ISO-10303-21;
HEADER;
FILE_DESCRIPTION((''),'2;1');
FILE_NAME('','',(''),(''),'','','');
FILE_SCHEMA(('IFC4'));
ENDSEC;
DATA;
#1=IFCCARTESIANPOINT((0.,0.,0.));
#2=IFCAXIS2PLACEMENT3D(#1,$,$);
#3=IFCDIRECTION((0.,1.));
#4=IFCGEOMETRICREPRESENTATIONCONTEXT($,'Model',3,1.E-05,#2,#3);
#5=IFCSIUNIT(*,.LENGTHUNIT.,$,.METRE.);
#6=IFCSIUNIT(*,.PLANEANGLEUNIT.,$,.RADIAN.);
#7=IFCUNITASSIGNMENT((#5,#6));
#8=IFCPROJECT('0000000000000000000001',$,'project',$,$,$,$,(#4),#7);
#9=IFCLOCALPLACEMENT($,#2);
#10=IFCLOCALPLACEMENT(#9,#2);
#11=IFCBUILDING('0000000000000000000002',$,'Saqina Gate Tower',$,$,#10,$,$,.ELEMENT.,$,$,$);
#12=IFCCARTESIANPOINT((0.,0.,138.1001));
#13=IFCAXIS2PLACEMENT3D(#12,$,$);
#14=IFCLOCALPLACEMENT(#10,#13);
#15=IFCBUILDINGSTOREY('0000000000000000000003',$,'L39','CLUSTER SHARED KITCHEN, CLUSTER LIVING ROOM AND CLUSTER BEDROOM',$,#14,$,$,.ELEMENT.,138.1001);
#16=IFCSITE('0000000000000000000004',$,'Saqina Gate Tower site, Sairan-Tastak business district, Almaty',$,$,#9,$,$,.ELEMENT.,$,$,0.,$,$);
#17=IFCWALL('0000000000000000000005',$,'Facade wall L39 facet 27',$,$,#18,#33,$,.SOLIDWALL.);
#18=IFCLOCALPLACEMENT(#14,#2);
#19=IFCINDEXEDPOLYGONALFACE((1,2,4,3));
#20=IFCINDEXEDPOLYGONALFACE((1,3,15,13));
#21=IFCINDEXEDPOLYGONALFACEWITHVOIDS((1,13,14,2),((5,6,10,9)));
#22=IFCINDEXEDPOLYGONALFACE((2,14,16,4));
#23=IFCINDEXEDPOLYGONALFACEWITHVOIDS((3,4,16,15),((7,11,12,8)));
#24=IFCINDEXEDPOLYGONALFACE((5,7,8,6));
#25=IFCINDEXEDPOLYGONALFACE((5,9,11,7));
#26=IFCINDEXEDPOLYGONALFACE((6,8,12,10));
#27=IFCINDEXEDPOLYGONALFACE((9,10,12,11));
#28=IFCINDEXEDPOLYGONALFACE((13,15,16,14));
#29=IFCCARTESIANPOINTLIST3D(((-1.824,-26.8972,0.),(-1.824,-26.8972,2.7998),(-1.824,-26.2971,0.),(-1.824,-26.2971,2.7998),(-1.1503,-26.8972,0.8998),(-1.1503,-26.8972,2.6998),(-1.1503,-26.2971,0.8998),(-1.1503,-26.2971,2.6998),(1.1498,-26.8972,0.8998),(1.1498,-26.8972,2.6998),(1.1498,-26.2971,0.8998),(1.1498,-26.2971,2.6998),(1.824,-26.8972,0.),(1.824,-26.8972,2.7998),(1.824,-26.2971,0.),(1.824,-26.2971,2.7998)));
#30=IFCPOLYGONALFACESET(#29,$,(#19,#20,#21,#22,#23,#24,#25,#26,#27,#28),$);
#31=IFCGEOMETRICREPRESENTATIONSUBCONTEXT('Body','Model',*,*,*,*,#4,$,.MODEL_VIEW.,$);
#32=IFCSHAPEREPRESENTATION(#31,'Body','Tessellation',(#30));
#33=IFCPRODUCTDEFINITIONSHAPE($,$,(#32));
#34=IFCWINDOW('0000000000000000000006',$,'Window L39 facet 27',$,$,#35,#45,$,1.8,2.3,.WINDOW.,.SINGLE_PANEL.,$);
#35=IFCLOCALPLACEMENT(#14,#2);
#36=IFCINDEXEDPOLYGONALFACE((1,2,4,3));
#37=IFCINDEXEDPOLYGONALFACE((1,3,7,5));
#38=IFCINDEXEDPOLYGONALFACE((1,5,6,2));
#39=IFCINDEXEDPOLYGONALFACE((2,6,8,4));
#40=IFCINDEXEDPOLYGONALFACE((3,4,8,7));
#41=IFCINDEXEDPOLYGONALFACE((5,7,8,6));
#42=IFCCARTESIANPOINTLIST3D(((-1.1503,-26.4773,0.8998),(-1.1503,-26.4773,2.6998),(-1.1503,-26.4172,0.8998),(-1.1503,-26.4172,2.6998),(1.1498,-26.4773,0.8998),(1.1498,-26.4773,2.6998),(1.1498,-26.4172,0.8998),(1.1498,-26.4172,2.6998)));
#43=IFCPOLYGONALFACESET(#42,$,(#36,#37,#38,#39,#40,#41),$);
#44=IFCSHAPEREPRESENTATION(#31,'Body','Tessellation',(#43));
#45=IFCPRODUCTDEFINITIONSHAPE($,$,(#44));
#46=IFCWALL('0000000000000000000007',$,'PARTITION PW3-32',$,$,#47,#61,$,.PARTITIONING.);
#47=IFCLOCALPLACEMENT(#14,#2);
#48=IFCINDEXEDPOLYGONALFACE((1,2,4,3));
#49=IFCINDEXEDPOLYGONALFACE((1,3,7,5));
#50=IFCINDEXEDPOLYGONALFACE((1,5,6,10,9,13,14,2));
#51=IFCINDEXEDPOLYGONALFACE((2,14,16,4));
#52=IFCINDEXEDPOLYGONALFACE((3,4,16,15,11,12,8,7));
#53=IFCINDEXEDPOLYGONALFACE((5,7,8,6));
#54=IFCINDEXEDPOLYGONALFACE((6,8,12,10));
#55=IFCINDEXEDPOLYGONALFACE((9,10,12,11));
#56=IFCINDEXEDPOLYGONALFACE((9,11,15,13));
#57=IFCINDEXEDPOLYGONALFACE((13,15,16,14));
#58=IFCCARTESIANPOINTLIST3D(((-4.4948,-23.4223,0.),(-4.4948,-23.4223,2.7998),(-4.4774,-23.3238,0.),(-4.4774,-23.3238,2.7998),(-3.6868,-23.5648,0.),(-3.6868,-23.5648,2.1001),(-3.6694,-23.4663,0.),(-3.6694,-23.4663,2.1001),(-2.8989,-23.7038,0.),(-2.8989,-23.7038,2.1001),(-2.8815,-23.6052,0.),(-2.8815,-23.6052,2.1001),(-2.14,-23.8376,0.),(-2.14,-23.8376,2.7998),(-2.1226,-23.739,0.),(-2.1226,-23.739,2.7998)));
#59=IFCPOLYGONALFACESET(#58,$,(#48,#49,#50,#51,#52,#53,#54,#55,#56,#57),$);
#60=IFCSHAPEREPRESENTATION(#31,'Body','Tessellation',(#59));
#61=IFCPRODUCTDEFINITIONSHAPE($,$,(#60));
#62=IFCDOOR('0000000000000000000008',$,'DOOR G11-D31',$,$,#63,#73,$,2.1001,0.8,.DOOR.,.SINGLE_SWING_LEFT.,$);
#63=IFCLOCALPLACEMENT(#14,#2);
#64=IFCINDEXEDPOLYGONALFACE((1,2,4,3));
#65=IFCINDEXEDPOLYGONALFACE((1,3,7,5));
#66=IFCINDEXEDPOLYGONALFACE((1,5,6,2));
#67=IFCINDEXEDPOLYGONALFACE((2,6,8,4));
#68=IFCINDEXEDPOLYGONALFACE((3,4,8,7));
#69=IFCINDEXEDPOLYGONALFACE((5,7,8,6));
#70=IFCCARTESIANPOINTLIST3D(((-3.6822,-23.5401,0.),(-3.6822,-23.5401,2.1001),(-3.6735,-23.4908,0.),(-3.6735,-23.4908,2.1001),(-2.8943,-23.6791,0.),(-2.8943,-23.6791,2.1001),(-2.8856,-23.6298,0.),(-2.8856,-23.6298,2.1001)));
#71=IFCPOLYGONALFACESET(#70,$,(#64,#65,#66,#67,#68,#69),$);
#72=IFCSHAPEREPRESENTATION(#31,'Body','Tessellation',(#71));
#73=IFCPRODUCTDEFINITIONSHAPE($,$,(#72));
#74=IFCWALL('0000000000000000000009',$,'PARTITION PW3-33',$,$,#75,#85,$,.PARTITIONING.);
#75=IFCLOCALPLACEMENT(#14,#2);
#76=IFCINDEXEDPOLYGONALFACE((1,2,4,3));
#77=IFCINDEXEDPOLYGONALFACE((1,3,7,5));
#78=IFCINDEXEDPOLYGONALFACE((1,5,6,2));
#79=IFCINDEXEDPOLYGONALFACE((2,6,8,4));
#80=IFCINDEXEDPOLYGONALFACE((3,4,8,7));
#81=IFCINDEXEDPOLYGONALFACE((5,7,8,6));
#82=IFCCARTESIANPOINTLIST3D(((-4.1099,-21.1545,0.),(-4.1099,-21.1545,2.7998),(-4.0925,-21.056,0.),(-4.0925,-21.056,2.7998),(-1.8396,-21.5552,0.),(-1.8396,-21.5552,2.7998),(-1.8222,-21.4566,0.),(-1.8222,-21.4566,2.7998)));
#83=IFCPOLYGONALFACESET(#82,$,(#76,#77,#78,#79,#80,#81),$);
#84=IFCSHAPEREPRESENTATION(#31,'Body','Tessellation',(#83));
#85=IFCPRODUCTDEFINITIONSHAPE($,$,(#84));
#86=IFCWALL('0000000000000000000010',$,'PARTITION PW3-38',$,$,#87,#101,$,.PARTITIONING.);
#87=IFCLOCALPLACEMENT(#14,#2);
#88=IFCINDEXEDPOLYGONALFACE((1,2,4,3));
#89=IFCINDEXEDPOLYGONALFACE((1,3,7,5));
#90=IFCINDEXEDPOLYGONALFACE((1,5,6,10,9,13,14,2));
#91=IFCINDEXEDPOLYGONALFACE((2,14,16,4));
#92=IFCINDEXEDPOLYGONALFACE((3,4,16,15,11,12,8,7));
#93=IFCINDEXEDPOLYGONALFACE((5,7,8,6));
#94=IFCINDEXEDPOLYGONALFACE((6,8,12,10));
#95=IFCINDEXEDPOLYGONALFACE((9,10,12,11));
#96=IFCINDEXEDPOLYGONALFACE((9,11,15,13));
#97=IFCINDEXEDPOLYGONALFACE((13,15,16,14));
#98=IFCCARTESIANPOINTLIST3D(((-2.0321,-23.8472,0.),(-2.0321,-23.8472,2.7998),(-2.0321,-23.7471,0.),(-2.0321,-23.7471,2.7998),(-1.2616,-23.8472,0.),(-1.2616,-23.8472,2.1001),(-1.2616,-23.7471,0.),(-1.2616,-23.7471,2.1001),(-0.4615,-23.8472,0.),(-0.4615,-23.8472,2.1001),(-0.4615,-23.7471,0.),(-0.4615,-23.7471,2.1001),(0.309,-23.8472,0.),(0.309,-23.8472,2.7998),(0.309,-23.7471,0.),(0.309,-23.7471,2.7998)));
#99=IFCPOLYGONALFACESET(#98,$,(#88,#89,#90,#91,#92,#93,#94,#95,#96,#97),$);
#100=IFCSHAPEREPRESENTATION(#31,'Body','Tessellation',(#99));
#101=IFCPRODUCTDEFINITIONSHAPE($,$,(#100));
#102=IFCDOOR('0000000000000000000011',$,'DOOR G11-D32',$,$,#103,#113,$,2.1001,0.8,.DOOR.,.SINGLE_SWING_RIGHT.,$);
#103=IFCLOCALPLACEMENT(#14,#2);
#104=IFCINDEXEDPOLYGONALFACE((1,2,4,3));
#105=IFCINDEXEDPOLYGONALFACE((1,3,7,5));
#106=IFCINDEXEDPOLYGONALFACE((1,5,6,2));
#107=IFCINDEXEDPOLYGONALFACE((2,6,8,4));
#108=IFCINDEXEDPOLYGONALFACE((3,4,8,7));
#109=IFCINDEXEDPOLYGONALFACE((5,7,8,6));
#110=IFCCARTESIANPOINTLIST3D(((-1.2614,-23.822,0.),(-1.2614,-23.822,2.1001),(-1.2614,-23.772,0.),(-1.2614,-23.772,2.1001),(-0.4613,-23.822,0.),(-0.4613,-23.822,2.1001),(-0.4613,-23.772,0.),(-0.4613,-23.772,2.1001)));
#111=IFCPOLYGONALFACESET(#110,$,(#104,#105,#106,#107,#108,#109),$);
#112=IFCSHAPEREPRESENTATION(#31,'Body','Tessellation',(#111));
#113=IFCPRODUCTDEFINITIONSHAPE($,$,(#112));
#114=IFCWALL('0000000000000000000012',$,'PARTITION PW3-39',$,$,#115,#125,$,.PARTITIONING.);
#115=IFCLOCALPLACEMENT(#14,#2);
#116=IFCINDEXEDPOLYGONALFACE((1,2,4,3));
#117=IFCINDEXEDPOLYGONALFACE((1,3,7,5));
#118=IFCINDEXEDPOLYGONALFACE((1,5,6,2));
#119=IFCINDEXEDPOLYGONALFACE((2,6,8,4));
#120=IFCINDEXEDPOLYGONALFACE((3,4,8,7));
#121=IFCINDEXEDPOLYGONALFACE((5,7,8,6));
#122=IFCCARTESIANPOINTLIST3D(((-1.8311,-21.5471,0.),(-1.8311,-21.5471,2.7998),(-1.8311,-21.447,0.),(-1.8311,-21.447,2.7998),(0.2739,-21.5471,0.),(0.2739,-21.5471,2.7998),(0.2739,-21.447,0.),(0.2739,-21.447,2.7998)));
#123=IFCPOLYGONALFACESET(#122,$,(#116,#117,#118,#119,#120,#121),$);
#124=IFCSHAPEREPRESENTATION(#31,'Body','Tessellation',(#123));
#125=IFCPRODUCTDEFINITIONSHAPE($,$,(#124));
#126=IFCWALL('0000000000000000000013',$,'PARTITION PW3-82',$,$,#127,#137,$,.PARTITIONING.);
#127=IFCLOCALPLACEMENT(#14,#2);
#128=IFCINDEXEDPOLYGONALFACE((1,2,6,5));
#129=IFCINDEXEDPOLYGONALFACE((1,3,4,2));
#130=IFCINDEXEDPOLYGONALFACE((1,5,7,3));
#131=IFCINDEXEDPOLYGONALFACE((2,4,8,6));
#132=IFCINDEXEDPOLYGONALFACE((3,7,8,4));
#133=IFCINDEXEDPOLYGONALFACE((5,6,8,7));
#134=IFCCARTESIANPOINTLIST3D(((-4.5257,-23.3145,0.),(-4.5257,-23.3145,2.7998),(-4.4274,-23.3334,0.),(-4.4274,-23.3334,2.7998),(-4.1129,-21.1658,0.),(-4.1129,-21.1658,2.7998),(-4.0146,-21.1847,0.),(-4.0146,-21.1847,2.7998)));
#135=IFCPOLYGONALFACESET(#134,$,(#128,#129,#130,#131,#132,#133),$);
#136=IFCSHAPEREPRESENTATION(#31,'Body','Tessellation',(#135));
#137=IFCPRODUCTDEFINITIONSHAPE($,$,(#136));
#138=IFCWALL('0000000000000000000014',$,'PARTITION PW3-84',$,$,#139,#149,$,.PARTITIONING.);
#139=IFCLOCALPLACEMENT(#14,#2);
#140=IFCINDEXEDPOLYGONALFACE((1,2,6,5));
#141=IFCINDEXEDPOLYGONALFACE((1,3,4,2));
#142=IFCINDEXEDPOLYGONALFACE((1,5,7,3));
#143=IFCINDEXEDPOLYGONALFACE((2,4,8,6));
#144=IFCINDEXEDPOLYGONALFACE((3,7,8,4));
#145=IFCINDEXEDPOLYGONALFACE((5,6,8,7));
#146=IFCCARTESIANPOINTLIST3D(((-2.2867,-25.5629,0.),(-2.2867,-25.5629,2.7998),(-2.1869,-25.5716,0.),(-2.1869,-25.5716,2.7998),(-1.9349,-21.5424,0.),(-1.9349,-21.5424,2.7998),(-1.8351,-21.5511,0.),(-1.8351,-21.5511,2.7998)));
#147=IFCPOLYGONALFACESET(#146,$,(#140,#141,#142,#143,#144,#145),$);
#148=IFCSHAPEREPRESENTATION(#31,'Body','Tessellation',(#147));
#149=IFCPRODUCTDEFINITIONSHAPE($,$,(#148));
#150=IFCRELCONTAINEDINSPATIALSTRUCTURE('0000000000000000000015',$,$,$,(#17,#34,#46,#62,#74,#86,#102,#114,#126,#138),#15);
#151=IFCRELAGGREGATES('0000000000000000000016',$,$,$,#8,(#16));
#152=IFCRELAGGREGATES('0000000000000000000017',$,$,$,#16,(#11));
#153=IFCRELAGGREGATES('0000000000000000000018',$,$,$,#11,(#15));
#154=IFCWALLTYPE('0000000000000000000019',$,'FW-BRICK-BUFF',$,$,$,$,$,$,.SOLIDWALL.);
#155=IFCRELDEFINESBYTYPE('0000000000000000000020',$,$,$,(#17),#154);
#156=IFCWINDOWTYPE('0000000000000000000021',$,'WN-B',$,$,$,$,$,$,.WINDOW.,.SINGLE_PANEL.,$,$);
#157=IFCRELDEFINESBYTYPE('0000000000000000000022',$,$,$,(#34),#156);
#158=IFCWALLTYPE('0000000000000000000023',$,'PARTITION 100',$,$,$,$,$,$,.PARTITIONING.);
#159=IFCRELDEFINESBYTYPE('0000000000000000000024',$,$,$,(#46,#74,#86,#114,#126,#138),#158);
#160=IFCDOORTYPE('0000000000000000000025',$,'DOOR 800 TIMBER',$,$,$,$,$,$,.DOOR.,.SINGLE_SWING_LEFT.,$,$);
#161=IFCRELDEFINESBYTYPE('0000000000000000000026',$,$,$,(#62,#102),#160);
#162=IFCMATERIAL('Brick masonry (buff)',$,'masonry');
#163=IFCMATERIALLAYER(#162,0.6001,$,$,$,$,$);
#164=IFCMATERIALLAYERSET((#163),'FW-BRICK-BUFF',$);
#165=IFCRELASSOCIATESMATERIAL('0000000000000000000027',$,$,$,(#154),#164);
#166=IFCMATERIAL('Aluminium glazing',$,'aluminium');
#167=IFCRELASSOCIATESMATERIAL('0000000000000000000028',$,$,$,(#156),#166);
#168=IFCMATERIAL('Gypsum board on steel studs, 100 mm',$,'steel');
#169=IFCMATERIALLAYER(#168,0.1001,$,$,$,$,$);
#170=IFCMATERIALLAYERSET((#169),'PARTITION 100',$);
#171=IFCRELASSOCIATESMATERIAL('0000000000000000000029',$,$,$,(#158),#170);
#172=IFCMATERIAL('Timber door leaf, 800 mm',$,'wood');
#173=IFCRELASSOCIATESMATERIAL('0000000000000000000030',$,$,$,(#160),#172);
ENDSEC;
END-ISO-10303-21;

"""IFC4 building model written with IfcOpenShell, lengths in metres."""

from ifc_helpers import new_model, si_unit, direction, frame, frame_2d, origin, place, context, subcontext, project, spatial, rectangle, extrude, material, layer, layer_set, type_object, element, fill, save


model = new_model("IFC4")

# Units and contexts
model_context = context("Model", 3, precision=1e-05, world=origin(), true_north=direction((0.0, 1.0)))
body_context = subcontext(model_context, "Body", "Model", "MODEL_VIEW")
ifc_project = project(units=[si_unit("LENGTHUNIT", "METRE"), si_unit("PLANEANGLEUNIT", "RADIAN")], contexts=[model_context])

# Site, building, storey
site_placement = place(None, origin())
site = spatial("IfcSite", under=ifc_project, at=site_placement, Name="Saqina Gate Tower site, Sairan-Tastak business district, Almaty", CompositionType="ELEMENT", RefElevation=0.0)
building_placement = place(site_placement, origin())
building = spatial("IfcBuilding", under=site, at=building_placement, Name="Saqina Gate Tower", CompositionType="ELEMENT")
storey_placement = place(building_placement, frame((0.0, 0.0, 138.1001)))
storey = spatial("IfcBuildingStorey", under=building, at=storey_placement, Name="L39", Description="CLUSTER SHARED KITCHEN, CLUSTER LIVING ROOM AND CLUSTER BEDROOM", CompositionType="ELEMENT", Elevation=138.1001)

# Wall, opening, window
ifc_material_1 = material(Name="Brick masonry (buff)", Category="masonry")
ifc_layer_1 = layer(ifc_material_1, 0.6001)
ifc_layer_set_1 = layer_set([ifc_layer_1], Name="FW-BRICK-BUFF")
wall_type_1 = type_object("IfcWallType", Name="FW-BRICK-BUFF", PredefinedType="SOLIDWALL", material=ifc_layer_set_1)
wall_1_placement = place(storey_placement, frame((-1.824, -26.5972, 0.0), z_axis=(0.0, 0.0, 1.0), x_axis=(1.0, 0.0, 0.0)))
wall_1 = element("IfcWall", 1, at=wall_1_placement, inside=storey, type_object=wall_type_1, Name="Facade wall L39 facet 27", PredefinedType="SOLIDWALL", context=body_context, shape_type="SweptSolid", body=[
    extrude(rectangle(XDim=3.6479, YDim=0.6001, at=frame_2d((1.824, 0.0))), origin(), (0.0, 0.0, 1.0), 2.7998),
])
opening_1_placement = place(wall_1_placement, frame((0.6738, 0.0, 0.8999)))
opening_1 = element("IfcOpeningElement", 2, at=opening_1_placement, cuts=wall_1, PredefinedType="OPENING", context=body_context, shape_type="SweptSolid", body=[
    extrude(rectangle(XDim=2.3, YDim=1.8, at=frame_2d((1.1499, 0.8999))), frame((0.0, 0.312, 0.0), z_axis=(0.0, -1.0, 0.0), x_axis=(1.0, 0.0, 0.0)), (0.0, 0.0, 1.0), 0.624),
])
ifc_material_2 = material(Name="Aluminium glazing", Category="aluminium")
window_type = type_object("IfcWindowType", Name="WN-B", PartitioningType="SINGLE_PANEL", PredefinedType="WINDOW", material=ifc_material_2)
window_placement = place(opening_1_placement, origin())
window = element("IfcWindow", 3, at=window_placement, inside=storey, type_object=window_type, Name="Window L39 facet 27", OverallHeight=1.8, OverallWidth=2.3, PartitioningType="SINGLE_PANEL", PredefinedType="WINDOW", context=body_context, shape_type="SweptSolid", body=[
    extrude(rectangle(XDim=2.3, YDim=1.8, at=frame_2d((1.1499, 0.8999))), frame((0.0, 0.1799, 0.0), z_axis=(0.0, -1.0, 0.0), x_axis=(1.0, 0.0, 0.0)), (0.0, 0.0, 1.0), 0.0601),
])
fill(opening_1, window)

# Wall, opening, door
ifc_material_3 = material(Name="Gypsum board on steel studs, 100 mm", Category="steel")
ifc_layer_2 = layer(ifc_material_3, 0.1001)
ifc_layer_set_2 = layer_set([ifc_layer_2], Name="PARTITION 100")
wall_type_2 = type_object("IfcWallType", Name="PARTITION 100", PredefinedType="PARTITIONING", material=ifc_layer_set_2)
wall_2_placement = place(storey_placement, frame((-4.4861, -23.373, 0.0), z_axis=(0.0, 0.0, 1.0), x_axis=(0.984802, -0.17368, 0.0)))
wall_2 = element("IfcWall", 4, at=wall_2_placement, inside=storey, type_object=wall_type_2, Name="PARTITION PW3-32", PredefinedType="PARTITIONING", context=body_context, shape_type="SweptSolid", body=[
    extrude(rectangle(XDim=2.3911, YDim=0.1001, at=frame_2d((1.1956, 0.0))), origin(), (0.0, 0.0, 1.0), 2.7998),
])
opening_2_placement = place(wall_2_placement, frame((0.8206, 0.0, 0.0)))
opening_2 = element("IfcOpeningElement", 5, at=opening_2_placement, cuts=wall_2, PredefinedType="OPENING", context=body_context, shape_type="SweptSolid", body=[
    extrude(rectangle(XDim=0.8, YDim=2.1001, at=frame_2d((0.3999, 1.05))), frame((0.0, 0.062, 0.0), z_axis=(0.0, -1.0, 0.0), x_axis=(1.0, 0.0, 0.0)), (0.0, 0.0, 1.0), 0.124),
])
ifc_material_4 = material(Name="Timber door leaf, 800 mm", Category="wood")
door_type_1 = type_object("IfcDoorType", Name="DOOR 800 TIMBER", OperationType="SINGLE_SWING_LEFT", PredefinedType="DOOR", material=ifc_material_4)
door_1_placement = place(opening_2_placement, frame((0.8, 0.0, 0.0), z_axis=(0.0, 0.0, 1.0), x_axis=(-1.0, 0.0, 0.0)))
door_1 = element("IfcDoor", 6, at=door_1_placement, inside=storey, type_object=door_type_1, Name="DOOR G11-D31", OperationType="SINGLE_SWING_LEFT", OverallHeight=2.1001, OverallWidth=0.8, PredefinedType="DOOR", context=body_context, shape_type="SweptSolid", body=[
    extrude(rectangle(XDim=0.8, YDim=2.1001, at=frame_2d((0.3999, 1.05))), frame((0.0, 0.0249, 0.0), z_axis=(0.0, -1.0, 0.0), x_axis=(1.0, 0.0, 0.0)), (0.0, 0.0, 1.0), 0.05),
])
fill(opening_2, door_1)

# Wall
wall_3_placement = place(storey_placement, frame((-4.1013, -21.1052, 0.0), z_axis=(0.0, 0.0, 1.0), x_axis=(0.984784, -0.173785, 0.0)))
element("IfcWall", 7, at=wall_3_placement, inside=storey, type_object=wall_type_2, Name="PARTITION PW3-33", PredefinedType="PARTITIONING", context=body_context, shape_type="SweptSolid", body=[
    extrude(rectangle(XDim=2.3054, YDim=0.1001, at=frame_2d((1.1528, 0.0))), origin(), (0.0, 0.0, 1.0), 2.7998),
])

# Wall, opening, door
wall_4_placement = place(storey_placement, frame((-2.032, -23.7971, 0.0), z_axis=(0.0, 0.0, 1.0), x_axis=(1.0, 0.0, 0.0)))
wall_4 = element("IfcWall", 8, at=wall_4_placement, inside=storey, type_object=wall_type_2, Name="PARTITION PW3-38", PredefinedType="PARTITIONING", context=body_context, shape_type="SweptSolid", body=[
    extrude(rectangle(XDim=2.3411, YDim=0.1001, at=frame_2d((1.1704, 0.0))), origin(), (0.0, 0.0, 1.0), 2.7998),
])
opening_3_placement = place(wall_4_placement, frame((0.7705, 0.0, 0.0)))
opening_3 = element("IfcOpeningElement", 9, at=opening_3_placement, cuts=wall_4, PredefinedType="OPENING", context=body_context, shape_type="SweptSolid", body=[
    extrude(rectangle(XDim=0.8, YDim=2.1001, at=frame_2d((0.3999, 1.05))), frame((0.0, 0.062, 0.0), z_axis=(0.0, -1.0, 0.0), x_axis=(1.0, 0.0, 0.0)), (0.0, 0.0, 1.0), 0.124),
])
door_2_placement = place(opening_3_placement, frame((0.8, 0.0, 0.0), z_axis=(0.0, 0.0, 1.0), x_axis=(-1.0, 0.0, 0.0)))
door_2 = element("IfcDoor", 10, at=door_2_placement, inside=storey, type_object=door_type_1, Name="DOOR G11-D32", OperationType="SINGLE_SWING_RIGHT", OverallHeight=2.1001, OverallWidth=0.8, PredefinedType="DOOR", context=body_context, shape_type="SweptSolid", body=[
    extrude(rectangle(XDim=0.8, YDim=2.1001, at=frame_2d((0.3999, 1.05))), frame((0.0, 0.0249, 0.0), z_axis=(0.0, -1.0, 0.0), x_axis=(1.0, 0.0, 0.0)), (0.0, 0.0, 1.0), 0.05),
])
fill(opening_3, door_2)

# Walls
wall_5_placement = place(storey_placement, frame((-1.8311, -21.4971, 0.0), z_axis=(0.0, 0.0, 1.0), x_axis=(1.0, 0.0, 0.0)))
element("IfcWall", 11, at=wall_5_placement, inside=storey, type_object=wall_type_2, Name="PARTITION PW3-39", PredefinedType="PARTITIONING", context=body_context, shape_type="SweptSolid", body=[
    extrude(rectangle(XDim=2.105, YDim=0.1001, at=frame_2d((1.0525, 0.0))), origin(), (0.0, 0.0, 1.0), 2.7998),
])
wall_6_placement = place(storey_placement, frame((-4.4766, -23.324, 0.0), z_axis=(0.0, 0.0, 1.0), x_axis=(0.188686, 0.982037, 0.0)))
element("IfcWall", 12, at=wall_6_placement, inside=storey, type_object=wall_type_2, Name="PARTITION PW3-82", PredefinedType="PARTITIONING", context=body_context, shape_type="SweptSolid", body=[
    extrude(rectangle(XDim=2.188, YDim=0.1001, at=frame_2d((1.094, 0.0))), origin(), (0.0, 0.0, 1.0), 2.7998),
])
wall_7_placement = place(storey_placement, frame((-2.2368, -25.5674, 0.0), z_axis=(0.0, 0.0, 1.0), x_axis=(0.08717, 0.996193, 0.0)))
element("IfcWall", 13, at=wall_7_placement, inside=storey, type_object=wall_type_2, Name="PARTITION PW3-84", PredefinedType="PARTITIONING", context=body_context, shape_type="SweptSolid", body=[
    extrude(rectangle(XDim=4.0359, YDim=0.1001, at=frame_2d((2.0181, 0.0))), origin(), (0.0, 0.0, 1.0), 2.7998),
])

save(model, "model.ifc")
